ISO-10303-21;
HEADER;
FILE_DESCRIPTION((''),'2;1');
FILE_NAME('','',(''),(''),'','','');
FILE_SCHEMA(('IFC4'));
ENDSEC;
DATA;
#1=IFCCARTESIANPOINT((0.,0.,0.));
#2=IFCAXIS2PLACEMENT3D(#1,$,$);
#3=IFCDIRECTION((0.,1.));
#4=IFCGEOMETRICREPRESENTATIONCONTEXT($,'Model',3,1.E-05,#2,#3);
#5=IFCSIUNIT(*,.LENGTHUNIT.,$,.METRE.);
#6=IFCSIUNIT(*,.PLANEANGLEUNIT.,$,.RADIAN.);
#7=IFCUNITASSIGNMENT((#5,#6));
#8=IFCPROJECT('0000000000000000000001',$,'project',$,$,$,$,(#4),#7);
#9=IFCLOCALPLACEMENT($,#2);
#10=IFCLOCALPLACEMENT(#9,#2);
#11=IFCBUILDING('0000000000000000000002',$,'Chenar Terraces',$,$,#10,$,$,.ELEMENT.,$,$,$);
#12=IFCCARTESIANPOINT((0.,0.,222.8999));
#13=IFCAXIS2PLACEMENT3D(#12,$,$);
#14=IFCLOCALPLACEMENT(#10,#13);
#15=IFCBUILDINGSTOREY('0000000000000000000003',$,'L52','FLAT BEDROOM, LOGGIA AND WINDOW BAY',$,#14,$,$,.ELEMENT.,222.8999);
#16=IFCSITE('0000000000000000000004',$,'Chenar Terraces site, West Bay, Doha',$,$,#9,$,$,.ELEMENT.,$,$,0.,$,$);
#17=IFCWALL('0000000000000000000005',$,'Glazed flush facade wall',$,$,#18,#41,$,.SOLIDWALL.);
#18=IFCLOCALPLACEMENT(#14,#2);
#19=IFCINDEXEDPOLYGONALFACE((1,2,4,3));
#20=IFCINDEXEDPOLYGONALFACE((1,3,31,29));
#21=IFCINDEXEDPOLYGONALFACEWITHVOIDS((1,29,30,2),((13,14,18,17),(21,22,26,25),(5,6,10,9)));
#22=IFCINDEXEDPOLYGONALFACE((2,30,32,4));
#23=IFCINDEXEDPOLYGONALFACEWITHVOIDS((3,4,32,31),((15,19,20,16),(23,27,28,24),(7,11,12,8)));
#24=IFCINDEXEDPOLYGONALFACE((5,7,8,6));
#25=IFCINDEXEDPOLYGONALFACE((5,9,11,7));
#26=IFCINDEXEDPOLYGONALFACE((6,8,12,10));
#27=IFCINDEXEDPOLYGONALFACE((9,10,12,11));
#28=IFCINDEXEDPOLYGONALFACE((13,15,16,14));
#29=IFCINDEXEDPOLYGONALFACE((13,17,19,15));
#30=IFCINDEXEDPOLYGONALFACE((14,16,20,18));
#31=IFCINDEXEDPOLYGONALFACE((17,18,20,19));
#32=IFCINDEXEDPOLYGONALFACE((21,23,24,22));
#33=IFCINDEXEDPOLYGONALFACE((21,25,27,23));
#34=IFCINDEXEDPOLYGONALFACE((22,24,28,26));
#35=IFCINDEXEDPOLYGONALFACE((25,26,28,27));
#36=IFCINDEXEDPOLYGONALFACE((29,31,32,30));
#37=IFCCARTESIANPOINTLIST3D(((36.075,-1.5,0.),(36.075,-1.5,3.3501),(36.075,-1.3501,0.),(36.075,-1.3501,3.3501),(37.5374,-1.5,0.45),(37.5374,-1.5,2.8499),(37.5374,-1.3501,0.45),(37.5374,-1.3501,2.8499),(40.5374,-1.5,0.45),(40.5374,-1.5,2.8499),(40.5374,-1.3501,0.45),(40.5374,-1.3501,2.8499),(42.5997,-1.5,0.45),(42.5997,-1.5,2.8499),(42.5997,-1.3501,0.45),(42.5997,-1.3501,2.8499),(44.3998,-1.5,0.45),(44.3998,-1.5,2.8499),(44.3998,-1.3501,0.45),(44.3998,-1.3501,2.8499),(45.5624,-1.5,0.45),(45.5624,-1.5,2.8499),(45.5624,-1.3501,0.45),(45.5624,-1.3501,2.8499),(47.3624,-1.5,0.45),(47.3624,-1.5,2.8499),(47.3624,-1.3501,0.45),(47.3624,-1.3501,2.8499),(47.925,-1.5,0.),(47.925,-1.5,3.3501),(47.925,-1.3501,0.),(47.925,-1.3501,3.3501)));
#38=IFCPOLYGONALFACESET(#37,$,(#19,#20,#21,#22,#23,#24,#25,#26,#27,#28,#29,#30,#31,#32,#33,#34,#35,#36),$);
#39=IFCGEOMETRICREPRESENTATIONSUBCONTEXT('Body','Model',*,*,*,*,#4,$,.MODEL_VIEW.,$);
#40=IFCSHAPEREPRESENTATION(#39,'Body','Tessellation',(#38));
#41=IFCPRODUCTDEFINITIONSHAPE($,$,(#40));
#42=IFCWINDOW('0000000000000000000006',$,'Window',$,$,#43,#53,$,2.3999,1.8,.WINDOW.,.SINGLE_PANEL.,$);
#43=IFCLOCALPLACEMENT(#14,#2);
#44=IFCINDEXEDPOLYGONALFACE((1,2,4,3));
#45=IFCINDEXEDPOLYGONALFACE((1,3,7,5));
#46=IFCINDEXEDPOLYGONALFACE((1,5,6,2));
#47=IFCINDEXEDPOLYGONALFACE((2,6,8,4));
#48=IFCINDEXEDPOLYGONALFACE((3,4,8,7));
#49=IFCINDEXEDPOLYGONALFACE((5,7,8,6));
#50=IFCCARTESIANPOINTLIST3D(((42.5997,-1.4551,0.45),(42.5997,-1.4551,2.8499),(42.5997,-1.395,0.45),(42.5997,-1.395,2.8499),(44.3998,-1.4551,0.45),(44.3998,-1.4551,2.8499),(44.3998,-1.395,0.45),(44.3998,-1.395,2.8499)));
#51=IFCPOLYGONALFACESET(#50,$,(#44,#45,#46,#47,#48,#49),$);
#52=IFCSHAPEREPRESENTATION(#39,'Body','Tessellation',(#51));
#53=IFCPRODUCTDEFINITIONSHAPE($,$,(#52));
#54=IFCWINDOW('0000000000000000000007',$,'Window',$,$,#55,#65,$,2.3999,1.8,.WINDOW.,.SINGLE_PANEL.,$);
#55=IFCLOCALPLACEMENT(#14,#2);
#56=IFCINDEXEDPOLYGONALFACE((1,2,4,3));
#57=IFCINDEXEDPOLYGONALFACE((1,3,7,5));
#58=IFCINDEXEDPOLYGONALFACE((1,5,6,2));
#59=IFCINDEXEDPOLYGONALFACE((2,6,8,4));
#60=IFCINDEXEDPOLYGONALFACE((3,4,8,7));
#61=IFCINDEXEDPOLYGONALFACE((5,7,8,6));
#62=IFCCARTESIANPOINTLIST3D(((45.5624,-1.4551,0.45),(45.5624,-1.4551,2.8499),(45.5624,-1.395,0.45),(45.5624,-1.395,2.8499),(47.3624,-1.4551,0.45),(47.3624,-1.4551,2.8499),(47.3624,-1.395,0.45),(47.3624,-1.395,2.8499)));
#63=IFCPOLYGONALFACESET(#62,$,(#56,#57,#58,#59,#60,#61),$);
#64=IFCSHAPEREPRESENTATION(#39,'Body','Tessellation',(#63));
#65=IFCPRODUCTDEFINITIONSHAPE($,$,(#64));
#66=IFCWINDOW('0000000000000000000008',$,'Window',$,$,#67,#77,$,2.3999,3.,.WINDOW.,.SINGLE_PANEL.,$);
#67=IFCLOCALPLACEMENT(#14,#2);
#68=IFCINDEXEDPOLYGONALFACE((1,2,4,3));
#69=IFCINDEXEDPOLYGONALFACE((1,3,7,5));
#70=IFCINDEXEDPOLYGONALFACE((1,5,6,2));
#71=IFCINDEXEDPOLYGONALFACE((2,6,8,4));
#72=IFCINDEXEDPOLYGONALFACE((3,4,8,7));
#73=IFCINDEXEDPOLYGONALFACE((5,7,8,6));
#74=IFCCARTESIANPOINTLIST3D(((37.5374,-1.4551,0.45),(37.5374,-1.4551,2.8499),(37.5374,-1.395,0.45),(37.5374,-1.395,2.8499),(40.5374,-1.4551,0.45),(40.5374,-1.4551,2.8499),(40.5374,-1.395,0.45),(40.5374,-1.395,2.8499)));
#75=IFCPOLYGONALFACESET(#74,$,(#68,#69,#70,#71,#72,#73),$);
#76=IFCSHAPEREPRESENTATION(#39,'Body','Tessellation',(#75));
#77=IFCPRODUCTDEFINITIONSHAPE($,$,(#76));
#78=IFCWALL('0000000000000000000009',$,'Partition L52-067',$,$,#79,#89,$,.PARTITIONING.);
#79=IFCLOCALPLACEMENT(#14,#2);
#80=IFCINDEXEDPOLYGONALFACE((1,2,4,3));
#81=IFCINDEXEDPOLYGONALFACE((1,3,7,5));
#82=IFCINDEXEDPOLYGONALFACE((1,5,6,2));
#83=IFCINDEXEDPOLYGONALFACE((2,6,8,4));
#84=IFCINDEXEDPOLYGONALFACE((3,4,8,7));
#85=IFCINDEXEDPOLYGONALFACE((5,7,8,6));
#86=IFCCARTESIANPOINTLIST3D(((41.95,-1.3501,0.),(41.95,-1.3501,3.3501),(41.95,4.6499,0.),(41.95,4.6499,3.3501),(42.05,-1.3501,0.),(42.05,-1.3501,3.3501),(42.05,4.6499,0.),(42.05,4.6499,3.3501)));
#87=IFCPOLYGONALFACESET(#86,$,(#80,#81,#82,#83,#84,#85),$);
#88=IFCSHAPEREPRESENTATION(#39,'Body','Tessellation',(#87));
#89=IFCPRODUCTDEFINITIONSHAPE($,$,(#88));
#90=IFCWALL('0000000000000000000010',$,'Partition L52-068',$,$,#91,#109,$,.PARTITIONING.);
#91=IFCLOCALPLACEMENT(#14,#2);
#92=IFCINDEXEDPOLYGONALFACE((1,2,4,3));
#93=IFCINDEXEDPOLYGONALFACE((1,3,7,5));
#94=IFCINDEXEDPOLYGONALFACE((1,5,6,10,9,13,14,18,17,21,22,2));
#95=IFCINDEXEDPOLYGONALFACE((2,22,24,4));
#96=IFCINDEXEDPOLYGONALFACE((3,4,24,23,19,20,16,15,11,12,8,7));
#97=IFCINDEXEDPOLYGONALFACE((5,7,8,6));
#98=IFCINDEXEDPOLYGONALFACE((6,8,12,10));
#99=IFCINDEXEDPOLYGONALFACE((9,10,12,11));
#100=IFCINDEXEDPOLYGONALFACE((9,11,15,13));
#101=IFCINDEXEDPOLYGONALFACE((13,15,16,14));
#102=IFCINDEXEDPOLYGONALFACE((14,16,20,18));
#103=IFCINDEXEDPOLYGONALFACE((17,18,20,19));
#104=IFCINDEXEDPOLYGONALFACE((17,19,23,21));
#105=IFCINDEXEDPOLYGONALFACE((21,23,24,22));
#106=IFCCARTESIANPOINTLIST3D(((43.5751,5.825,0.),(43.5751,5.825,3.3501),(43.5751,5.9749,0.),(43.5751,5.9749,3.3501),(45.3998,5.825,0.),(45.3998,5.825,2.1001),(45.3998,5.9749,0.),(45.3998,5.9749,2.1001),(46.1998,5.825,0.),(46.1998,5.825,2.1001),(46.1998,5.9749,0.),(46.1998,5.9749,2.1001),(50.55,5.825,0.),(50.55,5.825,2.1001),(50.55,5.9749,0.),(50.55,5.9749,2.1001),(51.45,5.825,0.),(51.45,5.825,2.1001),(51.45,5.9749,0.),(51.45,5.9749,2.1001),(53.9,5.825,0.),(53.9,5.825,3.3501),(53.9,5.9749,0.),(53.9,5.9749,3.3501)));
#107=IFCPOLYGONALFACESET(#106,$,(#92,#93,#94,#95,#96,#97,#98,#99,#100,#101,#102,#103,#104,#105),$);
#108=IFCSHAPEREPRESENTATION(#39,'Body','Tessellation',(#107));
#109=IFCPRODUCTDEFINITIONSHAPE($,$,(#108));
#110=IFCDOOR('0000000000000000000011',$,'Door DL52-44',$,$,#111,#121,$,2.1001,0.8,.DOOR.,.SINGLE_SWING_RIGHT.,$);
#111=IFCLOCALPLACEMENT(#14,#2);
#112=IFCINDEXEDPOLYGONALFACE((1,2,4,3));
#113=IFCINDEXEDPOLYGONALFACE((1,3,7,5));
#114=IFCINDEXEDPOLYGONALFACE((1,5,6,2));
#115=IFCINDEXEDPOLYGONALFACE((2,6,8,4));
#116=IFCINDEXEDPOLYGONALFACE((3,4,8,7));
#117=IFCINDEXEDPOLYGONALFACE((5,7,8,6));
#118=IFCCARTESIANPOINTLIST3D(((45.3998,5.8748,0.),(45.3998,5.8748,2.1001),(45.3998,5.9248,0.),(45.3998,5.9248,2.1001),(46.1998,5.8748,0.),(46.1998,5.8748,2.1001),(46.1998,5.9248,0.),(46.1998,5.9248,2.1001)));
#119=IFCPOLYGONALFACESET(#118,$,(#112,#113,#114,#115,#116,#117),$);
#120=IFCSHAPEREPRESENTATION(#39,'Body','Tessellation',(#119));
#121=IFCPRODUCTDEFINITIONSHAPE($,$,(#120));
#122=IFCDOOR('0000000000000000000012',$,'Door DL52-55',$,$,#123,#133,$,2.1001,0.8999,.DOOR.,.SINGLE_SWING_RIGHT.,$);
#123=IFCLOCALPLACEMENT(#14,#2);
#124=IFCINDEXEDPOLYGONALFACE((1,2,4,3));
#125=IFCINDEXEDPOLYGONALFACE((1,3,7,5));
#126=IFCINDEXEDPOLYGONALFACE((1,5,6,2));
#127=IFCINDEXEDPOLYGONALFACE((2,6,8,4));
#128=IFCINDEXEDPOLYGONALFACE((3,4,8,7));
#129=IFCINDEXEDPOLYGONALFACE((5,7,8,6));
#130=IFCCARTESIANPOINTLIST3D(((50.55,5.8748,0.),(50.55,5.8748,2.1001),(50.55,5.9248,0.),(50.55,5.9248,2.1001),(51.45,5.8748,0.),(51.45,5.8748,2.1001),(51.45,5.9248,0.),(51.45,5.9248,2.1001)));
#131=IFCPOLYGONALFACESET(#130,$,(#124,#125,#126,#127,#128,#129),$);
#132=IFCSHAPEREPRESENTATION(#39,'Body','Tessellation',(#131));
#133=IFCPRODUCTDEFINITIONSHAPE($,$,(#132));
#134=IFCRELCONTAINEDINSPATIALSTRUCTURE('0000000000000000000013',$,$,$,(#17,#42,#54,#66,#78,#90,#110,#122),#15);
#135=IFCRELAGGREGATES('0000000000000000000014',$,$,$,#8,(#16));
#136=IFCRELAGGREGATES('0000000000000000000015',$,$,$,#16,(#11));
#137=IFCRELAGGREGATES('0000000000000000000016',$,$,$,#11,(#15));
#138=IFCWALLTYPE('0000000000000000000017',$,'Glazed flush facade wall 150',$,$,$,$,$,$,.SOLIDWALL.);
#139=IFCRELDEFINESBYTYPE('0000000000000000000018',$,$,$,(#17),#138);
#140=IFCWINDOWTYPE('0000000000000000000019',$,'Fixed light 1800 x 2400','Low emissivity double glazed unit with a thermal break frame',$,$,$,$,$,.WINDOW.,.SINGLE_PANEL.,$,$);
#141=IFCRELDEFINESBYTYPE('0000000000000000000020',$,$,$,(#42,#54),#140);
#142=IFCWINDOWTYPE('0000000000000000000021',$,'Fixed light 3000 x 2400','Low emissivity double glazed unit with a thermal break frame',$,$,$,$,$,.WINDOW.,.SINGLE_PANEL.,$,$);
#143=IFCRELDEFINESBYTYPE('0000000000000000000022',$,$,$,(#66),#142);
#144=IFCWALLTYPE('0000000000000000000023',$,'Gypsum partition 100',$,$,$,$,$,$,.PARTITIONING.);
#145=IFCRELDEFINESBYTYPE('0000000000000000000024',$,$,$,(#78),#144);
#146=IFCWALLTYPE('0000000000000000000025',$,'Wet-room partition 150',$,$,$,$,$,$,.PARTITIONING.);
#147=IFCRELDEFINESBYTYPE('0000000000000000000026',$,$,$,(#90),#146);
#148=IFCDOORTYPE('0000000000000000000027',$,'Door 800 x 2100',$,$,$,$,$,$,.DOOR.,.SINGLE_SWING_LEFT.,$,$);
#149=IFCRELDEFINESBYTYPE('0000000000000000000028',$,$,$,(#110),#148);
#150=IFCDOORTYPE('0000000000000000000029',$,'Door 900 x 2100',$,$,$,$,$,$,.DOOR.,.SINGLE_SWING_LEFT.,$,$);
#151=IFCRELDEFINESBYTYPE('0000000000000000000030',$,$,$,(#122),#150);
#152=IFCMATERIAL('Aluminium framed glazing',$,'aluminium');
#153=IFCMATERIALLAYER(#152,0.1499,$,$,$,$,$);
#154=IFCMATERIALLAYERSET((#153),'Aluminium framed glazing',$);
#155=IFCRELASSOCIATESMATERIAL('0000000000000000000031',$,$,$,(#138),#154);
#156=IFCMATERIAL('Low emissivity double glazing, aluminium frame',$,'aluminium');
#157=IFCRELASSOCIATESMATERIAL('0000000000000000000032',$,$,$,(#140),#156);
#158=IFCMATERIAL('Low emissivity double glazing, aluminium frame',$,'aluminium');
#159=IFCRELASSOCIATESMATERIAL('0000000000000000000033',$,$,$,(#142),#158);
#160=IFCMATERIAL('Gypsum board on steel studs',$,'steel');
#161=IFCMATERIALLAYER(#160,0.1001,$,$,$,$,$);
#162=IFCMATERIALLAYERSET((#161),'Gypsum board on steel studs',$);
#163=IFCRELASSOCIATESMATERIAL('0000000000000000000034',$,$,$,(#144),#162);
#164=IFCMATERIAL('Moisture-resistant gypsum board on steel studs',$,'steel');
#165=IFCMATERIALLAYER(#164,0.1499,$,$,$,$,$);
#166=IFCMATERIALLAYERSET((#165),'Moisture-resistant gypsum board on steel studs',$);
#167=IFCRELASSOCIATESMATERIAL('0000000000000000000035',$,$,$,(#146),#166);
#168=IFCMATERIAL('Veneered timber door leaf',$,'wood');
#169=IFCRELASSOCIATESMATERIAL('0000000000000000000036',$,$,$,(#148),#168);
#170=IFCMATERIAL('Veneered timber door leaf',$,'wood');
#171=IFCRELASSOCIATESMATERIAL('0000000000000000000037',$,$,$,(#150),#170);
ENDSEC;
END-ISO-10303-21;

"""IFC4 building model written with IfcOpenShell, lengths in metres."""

from ifc_helpers import new_model, si_unit, direction, frame, frame_2d, origin, place, context, subcontext, project, spatial, rectangle, extrude, material, layer, layer_set, type_object, element, fill, save


model = new_model("IFC4")

# Units and contexts
model_context = context("Model", 3, precision=1e-05, world=origin(), true_north=direction((0.0, 1.0)))
body_context = subcontext(model_context, "Body", "Model", "MODEL_VIEW")
ifc_project = project(units=[si_unit("LENGTHUNIT", "METRE"), si_unit("PLANEANGLEUNIT", "RADIAN")], contexts=[model_context])

# Site, building, storey
site_placement = place(None, origin())
site = spatial("IfcSite", under=ifc_project, at=site_placement, Name="Chenar Terraces site, West Bay, Doha", CompositionType="ELEMENT", RefElevation=0.0)
building_placement = place(site_placement, origin())
building = spatial("IfcBuilding", under=site, at=building_placement, Name="Chenar Terraces", CompositionType="ELEMENT")
storey_placement = place(building_placement, frame((0.0, 0.0, 222.8999)))
storey = spatial("IfcBuildingStorey", under=building, at=storey_placement, Name="L52", Description="FLAT BEDROOM, LOGGIA AND WINDOW BAY", CompositionType="ELEMENT", Elevation=222.8999)

# Wall, openings, windows
ifc_material_1 = material(Name="Aluminium framed glazing", Category="aluminium")
ifc_layer_1 = layer(ifc_material_1, 0.1499)
ifc_layer_set_1 = layer_set([ifc_layer_1], Name="Aluminium framed glazing")
wall_type_1 = type_object("IfcWallType", Name="Glazed flush facade wall 150", PredefinedType="SOLIDWALL", material=ifc_layer_set_1)
wall_1_placement = place(storey_placement, frame((36.075, -1.425, 0.0), z_axis=(0.0, 0.0, 1.0), x_axis=(1.0, 0.0, 0.0)))
wall_1 = element("IfcWall", 1, at=wall_1_placement, inside=storey, type_object=wall_type_1, Name="Glazed flush facade wall", PredefinedType="SOLIDWALL", context=body_context, shape_type="SweptSolid", body=[
    extrude(rectangle(XDim=11.8501, YDim=0.1499, at=frame_2d((5.925, 0.0))), origin(), (0.0, 0.0, 1.0), 3.3501),
])
opening_1_placement = place(wall_1_placement, frame((1.4624, 0.0, 0.45)))
opening_1 = element("IfcOpeningElement", 2, at=opening_1_placement, cuts=wall_1, PredefinedType="OPENING", context=body_context, shape_type="SweptSolid", body=[
    extrude(rectangle(XDim=3.0, YDim=2.3999, at=frame_2d((1.5, 1.2))), frame((0.0, 0.085, 0.0), z_axis=(0.0, -1.0, 0.0), x_axis=(1.0, 0.0, 0.0)), (0.0, 0.0, 1.0), 0.1699),
])
opening_2_placement = place(wall_1_placement, frame((6.5249, 0.0, 0.45)))
opening_2 = element("IfcOpeningElement", 3, at=opening_2_placement, cuts=wall_1, PredefinedType="OPENING", context=body_context, shape_type="SweptSolid", body=[
    extrude(rectangle(XDim=1.8, YDim=2.3999, at=frame_2d((0.8999, 1.2))), frame((0.0, 0.085, 0.0), z_axis=(0.0, -1.0, 0.0), x_axis=(1.0, 0.0, 0.0)), (0.0, 0.0, 1.0), 0.1699),
])
opening_3_placement = place(wall_1_placement, frame((9.4875, 0.0, 0.45)))
opening_3 = element("IfcOpeningElement", 4, at=opening_3_placement, cuts=wall_1, PredefinedType="OPENING", context=body_context, shape_type="SweptSolid", body=[
    extrude(rectangle(XDim=1.8, YDim=2.3999, at=frame_2d((0.8999, 1.2))), frame((0.0, 0.085, 0.0), z_axis=(0.0, -1.0, 0.0), x_axis=(1.0, 0.0, 0.0)), (0.0, 0.0, 1.0), 0.1699),
])
ifc_material_2 = material(Name="Low emissivity double glazing, aluminium frame", Category="aluminium")
window_type_1 = type_object("IfcWindowType", Name="Fixed light 1800 x 2400", Description="Low emissivity double glazed unit with a thermal break frame", PartitioningType="SINGLE_PANEL", PredefinedType="WINDOW", material=ifc_material_2)
window_1_placement = place(opening_2_placement, origin())
window_1 = element("IfcWindow", 5, at=window_1_placement, inside=storey, type_object=window_type_1, Name="Window", OverallHeight=2.3999, OverallWidth=1.8, PartitioningType="SINGLE_PANEL", PredefinedType="WINDOW", context=body_context, shape_type="SweptSolid", body=[
    extrude(rectangle(XDim=1.8, YDim=2.3999, at=frame_2d((0.8999, 1.2))), frame((0.0, 0.03, 0.0), z_axis=(0.0, -1.0, 0.0), x_axis=(1.0, 0.0, 0.0)), (0.0, 0.0, 1.0), 0.0601),
])
fill(opening_2, window_1)
window_2_placement = place(opening_3_placement, origin())
window_2 = element("IfcWindow", 6, at=window_2_placement, inside=storey, type_object=window_type_1, Name="Window", OverallHeight=2.3999, OverallWidth=1.8, PartitioningType="SINGLE_PANEL", PredefinedType="WINDOW", context=body_context, shape_type="SweptSolid", body=[
    extrude(rectangle(XDim=1.8, YDim=2.3999, at=frame_2d((0.8999, 1.2))), frame((0.0, 0.03, 0.0), z_axis=(0.0, -1.0, 0.0), x_axis=(1.0, 0.0, 0.0)), (0.0, 0.0, 1.0), 0.0601),
])
fill(opening_3, window_2)
ifc_material_3 = material(Name="Low emissivity double glazing, aluminium frame", Category="aluminium")
window_type_2 = type_object("IfcWindowType", Name="Fixed light 3000 x 2400", Description="Low emissivity double glazed unit with a thermal break frame", PartitioningType="SINGLE_PANEL", PredefinedType="WINDOW", material=ifc_material_3)
window_3_placement = place(opening_1_placement, origin())
window_3 = element("IfcWindow", 7, at=window_3_placement, inside=storey, type_object=window_type_2, Name="Window", OverallHeight=2.3999, OverallWidth=3.0, PartitioningType="SINGLE_PANEL", PredefinedType="WINDOW", context=body_context, shape_type="SweptSolid", body=[
    extrude(rectangle(XDim=3.0, YDim=2.3999, at=frame_2d((1.5, 1.2))), frame((0.0, 0.03, 0.0), z_axis=(0.0, -1.0, 0.0), x_axis=(1.0, 0.0, 0.0)), (0.0, 0.0, 1.0), 0.0601),
])
fill(opening_1, window_3)

# Wall
ifc_material_4 = material(Name="Gypsum board on steel studs", Category="steel")
ifc_layer_2 = layer(ifc_material_4, 0.1001)
ifc_layer_set_2 = layer_set([ifc_layer_2], Name="Gypsum board on steel studs")
wall_type_2 = type_object("IfcWallType", Name="Gypsum partition 100", PredefinedType="PARTITIONING", material=ifc_layer_set_2)
wall_2_placement = place(storey_placement, frame((42.0, -1.3501, 0.0), z_axis=(0.0, 0.0, 1.0), x_axis=(0.0, 1.0, 0.0)))
element("IfcWall", 8, at=wall_2_placement, inside=storey, type_object=wall_type_2, Name="Partition L52-067", PredefinedType="PARTITIONING", context=body_context, shape_type="SweptSolid", body=[
    extrude(rectangle(XDim=6.0, YDim=0.1001, at=frame_2d((3.0, 0.0))), origin(), (0.0, 0.0, 1.0), 3.3501),
])

# Wall, openings, doors
ifc_material_5 = material(Name="Moisture-resistant gypsum board on steel studs", Category="steel")
ifc_layer_3 = layer(ifc_material_5, 0.1499)
ifc_layer_set_3 = layer_set([ifc_layer_3], Name="Moisture-resistant gypsum board on steel studs")
wall_type_3 = type_object("IfcWallType", Name="Wet-room partition 150", PredefinedType="PARTITIONING", material=ifc_layer_set_3)
wall_3_placement = place(storey_placement, frame((43.575, 5.8999, 0.0), z_axis=(0.0, 0.0, 1.0), x_axis=(1.0, 0.0, 0.0)))
wall_3 = element("IfcWall", 9, at=wall_3_placement, inside=storey, type_object=wall_type_3, Name="Partition L52-068", PredefinedType="PARTITIONING", context=body_context, shape_type="SweptSolid", body=[
    extrude(rectangle(XDim=10.325, YDim=0.1499, at=frame_2d((5.1626, 0.0))), origin(), (0.0, 0.0, 1.0), 3.3501),
])
opening_4_placement = place(wall_3_placement, frame((1.825, 0.0, 0.0)))
opening_4 = element("IfcOpeningElement", 10, at=opening_4_placement, cuts=wall_3, PredefinedType="OPENING", context=body_context, shape_type="SweptSolid", body=[
    extrude(rectangle(XDim=0.8, YDim=2.1001, at=frame_2d((0.3999, 1.05))), frame((0.0, 0.085, 0.0), z_axis=(0.0, -1.0, 0.0), x_axis=(1.0, 0.0, 0.0)), (0.0, 0.0, 1.0), 0.1699),
])
opening_5_placement = place(wall_3_placement, frame((6.9751, 0.0, 0.0)))
opening_5 = element("IfcOpeningElement", 11, at=opening_5_placement, cuts=wall_3, PredefinedType="OPENING", context=body_context, shape_type="SweptSolid", body=[
    extrude(rectangle(XDim=0.8999, YDim=2.1001, at=frame_2d((0.45, 1.05))), frame((0.0, 0.085, 0.0), z_axis=(0.0, -1.0, 0.0), x_axis=(1.0, 0.0, 0.0)), (0.0, 0.0, 1.0), 0.1699),
])
ifc_material_6 = material(Name="Veneered timber door leaf", Category="wood")
door_type_1 = type_object("IfcDoorType", Name="Door 800 x 2100", OperationType="SINGLE_SWING_LEFT", PredefinedType="DOOR", material=ifc_material_6)
door_1_placement = place(opening_4_placement, origin())
door_1 = element("IfcDoor", 12, at=door_1_placement, inside=storey, type_object=door_type_1, Name="Door DL52-44", OperationType="SINGLE_SWING_RIGHT", OverallHeight=2.1001, OverallWidth=0.8, PredefinedType="DOOR", context=body_context, shape_type="SweptSolid", body=[
    extrude(rectangle(XDim=0.8, YDim=2.1001, at=frame_2d((0.3999, 1.05))), frame((0.0, 0.0249, 0.0), z_axis=(0.0, -1.0, 0.0), x_axis=(1.0, 0.0, 0.0)), (0.0, 0.0, 1.0), 0.05),
])
fill(opening_4, door_1)
ifc_material_7 = material(Name="Veneered timber door leaf", Category="wood")
door_type_2 = type_object("IfcDoorType", Name="Door 900 x 2100", OperationType="SINGLE_SWING_LEFT", PredefinedType="DOOR", material=ifc_material_7)
door_2_placement = place(opening_5_placement, origin())
door_2 = element("IfcDoor", 13, at=door_2_placement, inside=storey, type_object=door_type_2, Name="Door DL52-55", OperationType="SINGLE_SWING_RIGHT", OverallHeight=2.1001, OverallWidth=0.8999, PredefinedType="DOOR", context=body_context, shape_type="SweptSolid", body=[
    extrude(rectangle(XDim=0.8999, YDim=2.1001, at=frame_2d((0.45, 1.05))), frame((0.0, 0.0249, 0.0), z_axis=(0.0, -1.0, 0.0), x_axis=(1.0, 0.0, 0.0)), (0.0, 0.0, 1.0), 0.05),
])
fill(opening_5, door_2)

save(model, "model.ifc")
